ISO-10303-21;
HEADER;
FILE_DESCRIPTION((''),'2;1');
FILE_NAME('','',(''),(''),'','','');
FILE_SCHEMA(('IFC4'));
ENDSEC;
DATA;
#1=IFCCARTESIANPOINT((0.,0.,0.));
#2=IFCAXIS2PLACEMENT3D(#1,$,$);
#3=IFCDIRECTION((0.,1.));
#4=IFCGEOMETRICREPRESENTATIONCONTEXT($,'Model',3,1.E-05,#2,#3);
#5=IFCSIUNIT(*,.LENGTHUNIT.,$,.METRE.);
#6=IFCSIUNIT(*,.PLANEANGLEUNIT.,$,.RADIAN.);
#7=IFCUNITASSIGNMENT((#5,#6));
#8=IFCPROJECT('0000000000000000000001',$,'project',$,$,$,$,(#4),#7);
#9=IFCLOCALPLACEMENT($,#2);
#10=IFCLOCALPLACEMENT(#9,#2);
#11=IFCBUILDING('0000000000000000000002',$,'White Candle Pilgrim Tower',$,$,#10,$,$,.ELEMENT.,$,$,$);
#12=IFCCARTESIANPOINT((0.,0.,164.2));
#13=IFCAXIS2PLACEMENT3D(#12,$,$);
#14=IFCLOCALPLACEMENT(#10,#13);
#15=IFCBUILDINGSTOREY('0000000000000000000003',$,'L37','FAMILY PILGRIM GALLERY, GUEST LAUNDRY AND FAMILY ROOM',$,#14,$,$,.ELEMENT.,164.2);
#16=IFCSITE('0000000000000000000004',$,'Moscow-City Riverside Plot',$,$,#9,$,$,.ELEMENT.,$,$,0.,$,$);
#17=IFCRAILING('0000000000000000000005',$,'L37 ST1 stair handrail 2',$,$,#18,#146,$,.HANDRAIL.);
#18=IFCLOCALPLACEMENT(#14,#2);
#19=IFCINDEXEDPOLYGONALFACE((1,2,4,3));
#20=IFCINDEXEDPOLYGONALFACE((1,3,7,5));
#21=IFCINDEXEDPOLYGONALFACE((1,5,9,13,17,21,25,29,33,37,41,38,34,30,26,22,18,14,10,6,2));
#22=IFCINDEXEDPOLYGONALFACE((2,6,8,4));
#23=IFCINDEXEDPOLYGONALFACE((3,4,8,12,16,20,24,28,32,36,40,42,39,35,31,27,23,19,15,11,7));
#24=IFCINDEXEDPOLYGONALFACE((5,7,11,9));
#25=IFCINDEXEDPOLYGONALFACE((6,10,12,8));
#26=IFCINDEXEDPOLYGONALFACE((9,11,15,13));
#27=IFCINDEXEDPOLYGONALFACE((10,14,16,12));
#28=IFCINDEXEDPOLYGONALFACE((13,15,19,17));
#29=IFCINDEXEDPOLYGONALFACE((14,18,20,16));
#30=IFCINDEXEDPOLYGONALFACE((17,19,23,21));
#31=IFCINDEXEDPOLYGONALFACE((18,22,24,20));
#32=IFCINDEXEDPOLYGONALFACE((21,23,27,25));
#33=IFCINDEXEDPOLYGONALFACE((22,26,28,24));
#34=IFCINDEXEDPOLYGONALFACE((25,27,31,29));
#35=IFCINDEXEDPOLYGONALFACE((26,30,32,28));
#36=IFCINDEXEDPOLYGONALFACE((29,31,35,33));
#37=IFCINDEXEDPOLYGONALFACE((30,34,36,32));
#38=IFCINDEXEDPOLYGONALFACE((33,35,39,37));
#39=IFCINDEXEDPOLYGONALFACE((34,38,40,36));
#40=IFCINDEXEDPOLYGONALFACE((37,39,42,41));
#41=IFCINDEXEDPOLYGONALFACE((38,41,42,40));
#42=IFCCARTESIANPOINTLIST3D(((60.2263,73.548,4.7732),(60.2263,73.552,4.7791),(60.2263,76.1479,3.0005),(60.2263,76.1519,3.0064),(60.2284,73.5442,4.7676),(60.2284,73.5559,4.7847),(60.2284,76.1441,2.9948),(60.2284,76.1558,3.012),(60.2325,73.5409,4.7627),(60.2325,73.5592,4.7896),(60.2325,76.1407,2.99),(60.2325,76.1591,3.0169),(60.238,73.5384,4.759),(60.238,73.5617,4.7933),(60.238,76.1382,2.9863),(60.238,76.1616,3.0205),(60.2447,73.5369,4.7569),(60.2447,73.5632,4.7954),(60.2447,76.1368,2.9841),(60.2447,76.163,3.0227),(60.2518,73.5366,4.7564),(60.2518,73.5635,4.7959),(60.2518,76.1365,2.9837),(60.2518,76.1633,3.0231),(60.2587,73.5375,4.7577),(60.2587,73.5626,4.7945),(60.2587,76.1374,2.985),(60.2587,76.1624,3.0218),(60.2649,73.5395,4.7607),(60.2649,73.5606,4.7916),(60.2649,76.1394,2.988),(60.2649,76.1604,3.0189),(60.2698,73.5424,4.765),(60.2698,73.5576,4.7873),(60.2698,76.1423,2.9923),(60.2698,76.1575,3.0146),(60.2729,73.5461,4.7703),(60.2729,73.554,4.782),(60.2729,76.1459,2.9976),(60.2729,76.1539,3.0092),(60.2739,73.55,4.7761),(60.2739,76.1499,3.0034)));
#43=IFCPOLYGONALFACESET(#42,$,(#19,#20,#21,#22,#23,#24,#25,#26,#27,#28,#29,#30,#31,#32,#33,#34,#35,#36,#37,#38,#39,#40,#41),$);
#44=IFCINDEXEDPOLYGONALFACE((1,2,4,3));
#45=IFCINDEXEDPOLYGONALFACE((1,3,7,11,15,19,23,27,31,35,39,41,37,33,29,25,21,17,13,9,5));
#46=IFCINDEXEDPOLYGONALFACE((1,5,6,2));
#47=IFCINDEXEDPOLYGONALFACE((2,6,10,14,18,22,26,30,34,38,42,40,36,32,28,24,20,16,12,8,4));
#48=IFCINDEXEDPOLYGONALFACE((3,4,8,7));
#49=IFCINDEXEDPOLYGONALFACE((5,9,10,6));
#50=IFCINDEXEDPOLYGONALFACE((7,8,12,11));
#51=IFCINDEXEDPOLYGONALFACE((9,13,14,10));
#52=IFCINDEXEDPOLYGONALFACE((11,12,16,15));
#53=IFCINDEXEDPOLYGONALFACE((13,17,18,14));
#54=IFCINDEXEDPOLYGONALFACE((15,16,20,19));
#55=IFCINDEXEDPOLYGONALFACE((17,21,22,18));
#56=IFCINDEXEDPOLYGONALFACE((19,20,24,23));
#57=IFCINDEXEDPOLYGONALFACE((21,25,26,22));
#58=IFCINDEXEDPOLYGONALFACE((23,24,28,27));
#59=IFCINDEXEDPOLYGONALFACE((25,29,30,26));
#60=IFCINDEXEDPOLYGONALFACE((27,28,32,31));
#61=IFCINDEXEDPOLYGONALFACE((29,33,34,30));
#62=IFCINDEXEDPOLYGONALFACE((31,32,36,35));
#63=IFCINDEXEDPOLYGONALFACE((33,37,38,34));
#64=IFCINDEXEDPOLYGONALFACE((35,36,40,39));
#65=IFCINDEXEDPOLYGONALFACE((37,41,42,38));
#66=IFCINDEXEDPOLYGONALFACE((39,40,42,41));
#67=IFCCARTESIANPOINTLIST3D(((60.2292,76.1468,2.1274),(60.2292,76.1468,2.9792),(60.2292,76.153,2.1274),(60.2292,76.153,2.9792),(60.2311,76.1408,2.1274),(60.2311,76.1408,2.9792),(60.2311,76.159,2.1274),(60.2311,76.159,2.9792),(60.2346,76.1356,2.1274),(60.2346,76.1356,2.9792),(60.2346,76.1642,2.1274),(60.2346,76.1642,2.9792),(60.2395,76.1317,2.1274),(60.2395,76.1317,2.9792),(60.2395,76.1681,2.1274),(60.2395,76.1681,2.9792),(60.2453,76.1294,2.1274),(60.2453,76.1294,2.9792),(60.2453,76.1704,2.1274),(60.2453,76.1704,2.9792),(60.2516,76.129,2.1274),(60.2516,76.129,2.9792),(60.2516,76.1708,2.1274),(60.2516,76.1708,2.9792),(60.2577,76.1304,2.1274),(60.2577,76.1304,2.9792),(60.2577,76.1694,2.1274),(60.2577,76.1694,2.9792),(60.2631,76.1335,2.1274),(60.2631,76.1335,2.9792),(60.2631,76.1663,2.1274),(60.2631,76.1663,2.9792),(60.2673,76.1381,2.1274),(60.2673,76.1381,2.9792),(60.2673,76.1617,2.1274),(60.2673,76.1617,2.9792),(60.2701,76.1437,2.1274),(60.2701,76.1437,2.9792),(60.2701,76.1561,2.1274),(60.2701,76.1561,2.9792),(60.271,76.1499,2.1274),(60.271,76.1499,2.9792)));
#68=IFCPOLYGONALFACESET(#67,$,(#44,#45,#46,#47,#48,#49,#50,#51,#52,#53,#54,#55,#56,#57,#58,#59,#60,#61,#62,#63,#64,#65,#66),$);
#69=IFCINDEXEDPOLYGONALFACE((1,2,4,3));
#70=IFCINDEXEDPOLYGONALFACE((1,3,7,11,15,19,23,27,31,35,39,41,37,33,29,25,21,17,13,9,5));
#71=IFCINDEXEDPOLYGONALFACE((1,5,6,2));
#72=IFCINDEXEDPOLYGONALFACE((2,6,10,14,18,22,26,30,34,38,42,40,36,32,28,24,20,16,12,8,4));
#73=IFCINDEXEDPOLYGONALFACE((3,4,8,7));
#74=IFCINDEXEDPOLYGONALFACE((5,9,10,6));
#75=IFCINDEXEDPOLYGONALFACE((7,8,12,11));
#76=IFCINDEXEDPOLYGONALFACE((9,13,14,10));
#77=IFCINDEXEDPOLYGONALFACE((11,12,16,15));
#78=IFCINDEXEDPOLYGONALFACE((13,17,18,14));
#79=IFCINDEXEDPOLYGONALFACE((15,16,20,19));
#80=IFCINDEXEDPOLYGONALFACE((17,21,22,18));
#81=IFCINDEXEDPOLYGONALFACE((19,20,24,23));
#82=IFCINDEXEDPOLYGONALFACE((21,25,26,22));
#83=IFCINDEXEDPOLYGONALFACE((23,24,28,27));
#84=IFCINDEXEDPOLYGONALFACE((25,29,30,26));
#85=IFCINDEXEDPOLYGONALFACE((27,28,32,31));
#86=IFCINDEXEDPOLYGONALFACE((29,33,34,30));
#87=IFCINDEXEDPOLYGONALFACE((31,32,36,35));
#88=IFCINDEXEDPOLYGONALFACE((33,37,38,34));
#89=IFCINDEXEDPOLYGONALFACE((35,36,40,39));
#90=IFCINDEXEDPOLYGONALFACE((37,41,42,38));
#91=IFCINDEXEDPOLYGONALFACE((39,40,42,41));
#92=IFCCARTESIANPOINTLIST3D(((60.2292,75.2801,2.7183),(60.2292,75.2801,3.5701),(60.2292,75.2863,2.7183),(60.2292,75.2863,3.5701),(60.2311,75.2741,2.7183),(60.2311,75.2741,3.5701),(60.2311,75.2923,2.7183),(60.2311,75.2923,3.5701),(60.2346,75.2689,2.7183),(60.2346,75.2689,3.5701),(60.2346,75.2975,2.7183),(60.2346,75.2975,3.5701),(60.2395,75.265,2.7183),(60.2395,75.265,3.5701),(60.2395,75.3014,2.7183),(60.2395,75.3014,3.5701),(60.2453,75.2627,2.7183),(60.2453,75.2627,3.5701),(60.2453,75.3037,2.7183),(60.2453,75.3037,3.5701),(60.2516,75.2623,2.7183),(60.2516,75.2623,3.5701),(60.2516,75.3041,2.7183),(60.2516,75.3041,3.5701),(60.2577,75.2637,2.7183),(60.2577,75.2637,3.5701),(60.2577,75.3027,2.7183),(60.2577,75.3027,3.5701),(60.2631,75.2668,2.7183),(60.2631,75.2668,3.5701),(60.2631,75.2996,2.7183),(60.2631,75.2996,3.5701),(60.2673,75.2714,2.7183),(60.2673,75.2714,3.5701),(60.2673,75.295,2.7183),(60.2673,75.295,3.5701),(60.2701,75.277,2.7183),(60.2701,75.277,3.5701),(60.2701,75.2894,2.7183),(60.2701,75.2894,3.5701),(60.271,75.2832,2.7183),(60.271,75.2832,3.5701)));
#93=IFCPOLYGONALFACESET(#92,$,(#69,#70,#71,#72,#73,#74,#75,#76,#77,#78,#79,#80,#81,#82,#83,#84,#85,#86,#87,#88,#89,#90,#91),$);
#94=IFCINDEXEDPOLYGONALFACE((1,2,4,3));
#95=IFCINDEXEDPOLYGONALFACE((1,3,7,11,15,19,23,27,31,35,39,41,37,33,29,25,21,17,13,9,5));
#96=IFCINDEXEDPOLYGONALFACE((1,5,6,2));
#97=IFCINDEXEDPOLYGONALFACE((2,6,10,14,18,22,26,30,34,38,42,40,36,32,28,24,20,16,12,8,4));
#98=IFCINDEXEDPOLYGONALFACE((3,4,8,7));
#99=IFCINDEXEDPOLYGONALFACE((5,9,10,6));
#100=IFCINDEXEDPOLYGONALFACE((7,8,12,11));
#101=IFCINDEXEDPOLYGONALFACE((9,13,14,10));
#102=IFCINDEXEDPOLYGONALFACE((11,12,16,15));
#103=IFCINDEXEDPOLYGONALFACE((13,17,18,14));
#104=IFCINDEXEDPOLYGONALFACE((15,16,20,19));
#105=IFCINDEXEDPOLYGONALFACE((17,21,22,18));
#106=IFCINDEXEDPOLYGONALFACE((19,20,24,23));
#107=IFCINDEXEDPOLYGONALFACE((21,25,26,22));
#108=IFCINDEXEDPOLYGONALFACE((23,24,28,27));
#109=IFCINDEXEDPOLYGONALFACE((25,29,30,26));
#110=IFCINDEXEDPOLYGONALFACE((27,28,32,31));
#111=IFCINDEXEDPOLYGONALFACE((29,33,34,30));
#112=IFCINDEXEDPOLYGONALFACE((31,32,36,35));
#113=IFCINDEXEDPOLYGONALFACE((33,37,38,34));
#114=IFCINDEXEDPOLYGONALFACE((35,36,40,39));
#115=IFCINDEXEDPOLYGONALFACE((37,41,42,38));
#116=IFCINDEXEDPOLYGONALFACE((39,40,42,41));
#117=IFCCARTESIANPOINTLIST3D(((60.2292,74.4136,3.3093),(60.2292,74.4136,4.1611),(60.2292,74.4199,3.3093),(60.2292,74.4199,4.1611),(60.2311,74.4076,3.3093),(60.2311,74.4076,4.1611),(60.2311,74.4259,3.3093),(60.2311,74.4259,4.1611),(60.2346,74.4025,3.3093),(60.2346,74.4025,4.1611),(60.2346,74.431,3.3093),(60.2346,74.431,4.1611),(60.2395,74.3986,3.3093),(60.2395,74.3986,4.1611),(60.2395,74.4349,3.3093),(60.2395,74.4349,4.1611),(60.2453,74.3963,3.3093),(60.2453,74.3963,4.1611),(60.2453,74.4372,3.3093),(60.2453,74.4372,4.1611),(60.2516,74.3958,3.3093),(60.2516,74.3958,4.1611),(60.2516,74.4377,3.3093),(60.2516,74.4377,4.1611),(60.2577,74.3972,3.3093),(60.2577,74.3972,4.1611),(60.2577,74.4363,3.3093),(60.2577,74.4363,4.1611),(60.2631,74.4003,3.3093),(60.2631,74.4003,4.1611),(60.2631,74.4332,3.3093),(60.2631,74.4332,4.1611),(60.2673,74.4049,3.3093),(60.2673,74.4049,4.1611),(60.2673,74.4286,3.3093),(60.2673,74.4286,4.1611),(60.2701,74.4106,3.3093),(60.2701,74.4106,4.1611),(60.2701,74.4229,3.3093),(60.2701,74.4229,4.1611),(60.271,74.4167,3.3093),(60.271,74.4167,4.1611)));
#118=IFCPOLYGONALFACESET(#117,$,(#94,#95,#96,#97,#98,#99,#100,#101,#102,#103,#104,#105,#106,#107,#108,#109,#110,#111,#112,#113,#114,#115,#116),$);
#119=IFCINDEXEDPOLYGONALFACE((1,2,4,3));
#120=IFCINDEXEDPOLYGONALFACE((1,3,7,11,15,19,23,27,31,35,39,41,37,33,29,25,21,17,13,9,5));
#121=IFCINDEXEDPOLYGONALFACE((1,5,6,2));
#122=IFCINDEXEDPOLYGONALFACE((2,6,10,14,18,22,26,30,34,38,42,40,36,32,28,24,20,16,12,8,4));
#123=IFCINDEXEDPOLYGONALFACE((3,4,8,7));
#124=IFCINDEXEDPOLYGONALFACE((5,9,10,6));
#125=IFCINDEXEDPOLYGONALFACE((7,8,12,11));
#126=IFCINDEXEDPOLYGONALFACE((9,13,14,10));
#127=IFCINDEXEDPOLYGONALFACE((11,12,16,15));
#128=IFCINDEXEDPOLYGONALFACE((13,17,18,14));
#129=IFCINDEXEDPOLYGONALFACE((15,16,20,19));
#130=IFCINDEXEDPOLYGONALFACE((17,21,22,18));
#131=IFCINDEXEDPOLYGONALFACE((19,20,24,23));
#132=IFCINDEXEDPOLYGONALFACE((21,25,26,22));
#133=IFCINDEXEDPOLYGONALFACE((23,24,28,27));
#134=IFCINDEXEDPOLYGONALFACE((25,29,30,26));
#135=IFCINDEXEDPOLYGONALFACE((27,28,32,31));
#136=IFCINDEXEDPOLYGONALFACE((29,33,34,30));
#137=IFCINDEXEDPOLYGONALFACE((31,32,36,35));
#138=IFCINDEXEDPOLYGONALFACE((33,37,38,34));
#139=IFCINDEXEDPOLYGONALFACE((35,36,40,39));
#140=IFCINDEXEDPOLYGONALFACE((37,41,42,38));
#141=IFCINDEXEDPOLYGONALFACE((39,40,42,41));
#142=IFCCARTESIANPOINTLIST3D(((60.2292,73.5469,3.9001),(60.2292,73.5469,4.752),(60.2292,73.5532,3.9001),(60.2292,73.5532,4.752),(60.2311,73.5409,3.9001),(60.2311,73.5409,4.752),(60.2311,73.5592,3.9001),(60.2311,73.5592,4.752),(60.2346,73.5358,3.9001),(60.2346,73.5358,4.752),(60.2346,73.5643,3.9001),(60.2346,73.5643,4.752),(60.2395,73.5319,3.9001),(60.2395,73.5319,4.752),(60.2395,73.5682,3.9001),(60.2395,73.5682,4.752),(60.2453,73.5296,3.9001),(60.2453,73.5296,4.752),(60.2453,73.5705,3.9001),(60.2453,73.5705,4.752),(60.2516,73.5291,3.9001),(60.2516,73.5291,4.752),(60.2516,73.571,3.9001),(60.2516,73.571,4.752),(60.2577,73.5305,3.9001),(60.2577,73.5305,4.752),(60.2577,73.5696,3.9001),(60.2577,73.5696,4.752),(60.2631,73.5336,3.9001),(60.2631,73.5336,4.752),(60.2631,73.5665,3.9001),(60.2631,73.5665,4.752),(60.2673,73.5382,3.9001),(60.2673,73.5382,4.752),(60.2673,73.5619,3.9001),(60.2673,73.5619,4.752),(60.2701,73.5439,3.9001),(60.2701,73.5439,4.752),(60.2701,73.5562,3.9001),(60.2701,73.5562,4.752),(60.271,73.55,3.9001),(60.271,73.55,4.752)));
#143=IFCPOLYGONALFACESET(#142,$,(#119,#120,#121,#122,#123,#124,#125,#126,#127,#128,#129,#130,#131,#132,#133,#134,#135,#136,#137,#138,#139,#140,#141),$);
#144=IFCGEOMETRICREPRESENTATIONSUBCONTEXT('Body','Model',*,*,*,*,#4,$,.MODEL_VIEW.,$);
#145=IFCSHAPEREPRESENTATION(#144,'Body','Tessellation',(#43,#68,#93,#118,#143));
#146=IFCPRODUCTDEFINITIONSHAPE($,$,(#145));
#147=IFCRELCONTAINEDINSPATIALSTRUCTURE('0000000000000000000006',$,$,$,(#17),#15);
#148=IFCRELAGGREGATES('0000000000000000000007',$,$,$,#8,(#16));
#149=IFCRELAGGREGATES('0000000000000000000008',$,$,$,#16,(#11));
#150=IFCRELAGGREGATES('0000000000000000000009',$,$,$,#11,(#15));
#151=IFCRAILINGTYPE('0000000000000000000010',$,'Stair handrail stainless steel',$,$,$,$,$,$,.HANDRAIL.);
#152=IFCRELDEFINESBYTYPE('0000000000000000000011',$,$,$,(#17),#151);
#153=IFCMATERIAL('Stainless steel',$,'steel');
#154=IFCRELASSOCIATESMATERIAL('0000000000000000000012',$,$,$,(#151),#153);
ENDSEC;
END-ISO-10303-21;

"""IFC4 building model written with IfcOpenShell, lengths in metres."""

from ifc_helpers import new_model, si_unit, direction, frame, origin, origin_2d, place, context, subcontext, project, spatial, circle, extrude, material, type_object, element, save


model = new_model("IFC4")

# Units and contexts
model_context = context("Model", 3, precision=1e-05, world=origin(), true_north=direction((0.0, 1.0)))
body_context = subcontext(model_context, "Body", "Model", "MODEL_VIEW")
ifc_project = project(units=[si_unit("LENGTHUNIT", "METRE"), si_unit("PLANEANGLEUNIT", "RADIAN")], contexts=[model_context])

# Site, building, storey
site_placement = place(None, origin())
site = spatial("IfcSite", under=ifc_project, at=site_placement, Name="Moscow-City Riverside Plot", CompositionType="ELEMENT", RefElevation=0.0)
building_placement = place(site_placement, origin())
building = spatial("IfcBuilding", under=site, at=building_placement, Name="White Candle Pilgrim Tower", CompositionType="ELEMENT")
storey_placement = place(building_placement, frame((0.0, 0.0, 164.2)))
storey = spatial("IfcBuildingStorey", under=building, at=storey_placement, Name="L37", Description="FAMILY PILGRIM GALLERY, GUEST LAUNDRY AND FAMILY ROOM", CompositionType="ELEMENT", Elevation=164.2)

# Shared definitions
ifc_material_1 = material(Name="Stainless steel", Category="steel")

# Railing
railing_type_1 = type_object("IfcRailingType", Name="Stair handrail stainless steel", PredefinedType="HANDRAIL", material=ifc_material_1)
railing_1_placement = place(storey_placement, frame((60.25, 76.1499, 2.1274)))
element("IfcRailing", 1, at=railing_1_placement, inside=storey, type_object=railing_type_1, Name="L37 ST1 stair handrail 2", PredefinedType="HANDRAIL", context=body_context, shape_type="SweptSolid", body=[
    extrude(circle(Radius=0.0239, at=origin_2d()), frame((0.0, 0.0, 0.876), z_axis=(0.0, -0.826216, 0.563354), x_axis=(1.0, 0.0, 0.0)), (0.0, 0.0, 1.0), 3.1467),
    extrude(circle(Radius=0.021, at=origin_2d()), origin(), (0.0, 0.0, 1.0), 0.8518),
    extrude(circle(Radius=0.021, at=origin_2d()), frame((0.0, -0.8667, 0.5908)), (0.0, 0.0, 1.0), 0.8518),
    extrude(circle(Radius=0.021, at=origin_2d()), frame((0.0, -1.7332, 1.1819)), (0.0, 0.0, 1.0), 0.8518),
    extrude(circle(Radius=0.021, at=origin_2d()), frame((0.0, -2.5999, 1.7727)), (0.0, 0.0, 1.0), 0.8518),
])

save(model, "model.ifc")
